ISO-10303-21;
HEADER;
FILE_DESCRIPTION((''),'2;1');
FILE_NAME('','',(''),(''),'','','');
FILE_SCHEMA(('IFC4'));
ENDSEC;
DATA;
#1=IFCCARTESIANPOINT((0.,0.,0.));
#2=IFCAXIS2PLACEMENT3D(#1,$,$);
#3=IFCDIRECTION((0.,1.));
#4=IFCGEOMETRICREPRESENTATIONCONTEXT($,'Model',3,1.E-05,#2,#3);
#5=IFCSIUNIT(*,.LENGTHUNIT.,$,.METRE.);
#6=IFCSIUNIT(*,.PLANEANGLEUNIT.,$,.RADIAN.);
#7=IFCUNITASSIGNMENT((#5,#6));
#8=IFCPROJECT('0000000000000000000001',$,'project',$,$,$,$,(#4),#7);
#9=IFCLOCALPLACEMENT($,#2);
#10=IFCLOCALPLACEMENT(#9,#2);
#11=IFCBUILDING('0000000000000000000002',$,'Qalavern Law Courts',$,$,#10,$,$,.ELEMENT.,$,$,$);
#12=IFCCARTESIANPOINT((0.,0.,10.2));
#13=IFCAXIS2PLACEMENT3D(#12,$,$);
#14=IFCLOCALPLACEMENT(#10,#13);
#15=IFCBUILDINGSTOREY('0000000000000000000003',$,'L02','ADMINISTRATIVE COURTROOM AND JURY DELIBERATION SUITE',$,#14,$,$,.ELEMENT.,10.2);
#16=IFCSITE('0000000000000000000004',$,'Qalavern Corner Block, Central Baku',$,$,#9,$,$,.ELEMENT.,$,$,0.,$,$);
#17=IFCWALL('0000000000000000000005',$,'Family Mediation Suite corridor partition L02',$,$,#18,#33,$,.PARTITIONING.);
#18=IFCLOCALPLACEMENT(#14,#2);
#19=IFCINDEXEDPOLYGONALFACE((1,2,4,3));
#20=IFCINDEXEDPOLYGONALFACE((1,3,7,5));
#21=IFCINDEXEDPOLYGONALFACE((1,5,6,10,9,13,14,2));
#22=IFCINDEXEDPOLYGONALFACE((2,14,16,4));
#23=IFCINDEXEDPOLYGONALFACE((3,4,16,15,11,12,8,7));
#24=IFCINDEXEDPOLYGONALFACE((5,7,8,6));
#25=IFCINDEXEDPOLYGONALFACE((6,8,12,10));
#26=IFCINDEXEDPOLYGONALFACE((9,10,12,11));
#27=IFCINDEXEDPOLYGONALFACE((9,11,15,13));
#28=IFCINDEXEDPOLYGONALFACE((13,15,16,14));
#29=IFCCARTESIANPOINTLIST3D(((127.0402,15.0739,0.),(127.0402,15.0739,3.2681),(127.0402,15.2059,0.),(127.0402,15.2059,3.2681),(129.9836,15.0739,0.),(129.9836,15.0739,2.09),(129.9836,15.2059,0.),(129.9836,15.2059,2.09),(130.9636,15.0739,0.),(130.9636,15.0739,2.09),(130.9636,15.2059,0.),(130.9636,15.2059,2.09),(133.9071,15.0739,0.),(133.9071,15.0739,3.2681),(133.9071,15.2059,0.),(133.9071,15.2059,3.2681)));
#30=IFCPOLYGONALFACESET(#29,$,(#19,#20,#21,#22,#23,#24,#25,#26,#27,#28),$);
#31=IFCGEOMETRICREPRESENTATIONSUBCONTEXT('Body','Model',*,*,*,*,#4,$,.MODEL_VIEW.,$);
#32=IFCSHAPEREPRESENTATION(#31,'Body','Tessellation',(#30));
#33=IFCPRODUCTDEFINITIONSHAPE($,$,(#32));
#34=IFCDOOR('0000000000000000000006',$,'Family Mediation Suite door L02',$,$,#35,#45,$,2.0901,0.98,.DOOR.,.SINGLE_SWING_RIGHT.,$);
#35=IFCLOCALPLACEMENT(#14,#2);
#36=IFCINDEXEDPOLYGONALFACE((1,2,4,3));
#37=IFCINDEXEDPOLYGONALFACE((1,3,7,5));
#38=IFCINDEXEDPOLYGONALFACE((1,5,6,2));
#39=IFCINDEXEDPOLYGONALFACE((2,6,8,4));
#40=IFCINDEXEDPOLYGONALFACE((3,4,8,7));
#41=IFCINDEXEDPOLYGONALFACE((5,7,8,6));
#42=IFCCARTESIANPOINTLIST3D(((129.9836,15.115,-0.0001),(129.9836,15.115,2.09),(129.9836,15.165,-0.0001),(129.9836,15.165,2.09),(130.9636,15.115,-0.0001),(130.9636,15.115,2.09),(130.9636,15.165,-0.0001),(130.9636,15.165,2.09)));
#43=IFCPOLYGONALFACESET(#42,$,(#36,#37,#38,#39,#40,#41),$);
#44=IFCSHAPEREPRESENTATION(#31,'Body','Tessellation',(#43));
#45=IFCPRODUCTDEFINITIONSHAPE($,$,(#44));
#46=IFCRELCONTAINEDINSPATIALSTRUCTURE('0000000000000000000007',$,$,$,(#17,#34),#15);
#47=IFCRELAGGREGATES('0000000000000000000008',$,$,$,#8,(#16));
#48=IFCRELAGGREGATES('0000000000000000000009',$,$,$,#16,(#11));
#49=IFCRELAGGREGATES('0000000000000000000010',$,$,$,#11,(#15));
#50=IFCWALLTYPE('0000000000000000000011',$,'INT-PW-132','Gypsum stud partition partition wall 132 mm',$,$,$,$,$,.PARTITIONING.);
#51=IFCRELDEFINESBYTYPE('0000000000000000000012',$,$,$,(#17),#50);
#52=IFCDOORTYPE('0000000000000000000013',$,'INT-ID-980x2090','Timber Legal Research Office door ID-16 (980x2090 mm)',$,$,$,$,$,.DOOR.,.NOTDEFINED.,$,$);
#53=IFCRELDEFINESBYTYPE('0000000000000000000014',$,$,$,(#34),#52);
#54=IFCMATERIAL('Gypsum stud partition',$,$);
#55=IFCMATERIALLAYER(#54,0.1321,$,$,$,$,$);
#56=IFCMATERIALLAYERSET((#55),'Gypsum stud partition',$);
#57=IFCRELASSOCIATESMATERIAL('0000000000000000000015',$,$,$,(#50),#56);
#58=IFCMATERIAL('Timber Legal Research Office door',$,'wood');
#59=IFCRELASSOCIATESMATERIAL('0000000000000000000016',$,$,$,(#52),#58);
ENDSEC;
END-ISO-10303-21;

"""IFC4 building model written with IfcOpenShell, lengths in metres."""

from ifc_helpers import new_model, si_unit, direction, frame, frame_2d, origin, place, context, subcontext, project, spatial, rectangle, extrude, material, layer, layer_set, type_object, element, fill, save


model = new_model("IFC4")

# Units and contexts
model_context = context("Model", 3, precision=1e-05, world=origin(), true_north=direction((0.0, 1.0)))
body_context = subcontext(model_context, "Body", "Model", "MODEL_VIEW")
ifc_project = project(units=[si_unit("LENGTHUNIT", "METRE"), si_unit("PLANEANGLEUNIT", "RADIAN")], contexts=[model_context])

# Site, building, storey
site_placement = place(None, origin())
site = spatial("IfcSite", under=ifc_project, at=site_placement, Name="Qalavern Corner Block, Central Baku", CompositionType="ELEMENT", RefElevation=0.0)
building_placement = place(site_placement, origin())
building = spatial("IfcBuilding", under=site, at=building_placement, Name="Qalavern Law Courts", CompositionType="ELEMENT")
storey_placement = place(building_placement, frame((0.0, 0.0, 10.2)))
storey = spatial("IfcBuildingStorey", under=building, at=storey_placement, Name="L02", Description="ADMINISTRATIVE COURTROOM AND JURY DELIBERATION SUITE", CompositionType="ELEMENT", Elevation=10.2)

# Wall, opening, door
ifc_material_1 = material(Name="Gypsum stud partition")
ifc_layer_1 = layer(ifc_material_1, 0.1321)
ifc_layer_set_1 = layer_set([ifc_layer_1], Name="Gypsum stud partition")
wall_type_1 = type_object("IfcWallType", Name="INT-PW-132", Description="Gypsum stud partition partition wall 132 mm", PredefinedType="PARTITIONING", material=ifc_layer_set_1)
wall_1_placement = place(storey_placement, frame((127.04, 15.1399, 0.0), z_axis=(0.0, 0.0, 1.0), x_axis=(1.0, 0.0, 0.0)))
wall_1 = element("IfcWall", 1, at=wall_1_placement, inside=storey, type_object=wall_type_1, Name="Family Mediation Suite corridor partition L02", PredefinedType="PARTITIONING", context=body_context, shape_type="SweptSolid", body=[
    extrude(rectangle(XDim=6.8669, YDim=0.1321, at=frame_2d((3.4336, 0.0))), origin(), (0.0, 0.0, 1.0), 3.2681),
])
opening_1_placement = place(wall_1_placement, frame((2.9436, 0.0, 0.0)))
opening_1 = element("IfcOpeningElement", 2, at=opening_1_placement, cuts=wall_1, PredefinedType="OPENING", context=body_context, shape_type="SweptSolid", body=[
    extrude(rectangle(XDim=0.98, YDim=2.0901, at=frame_2d((0.49, 1.0449))), frame((0.0, 0.0811, 0.0), z_axis=(0.0, -1.0, 0.0), x_axis=(1.0, 0.0, 0.0)), (0.0, 0.0, 1.0), 0.1619),
])
ifc_material_2 = material(Name="Timber Legal Research Office door", Category="wood")
door_type_1 = type_object("IfcDoorType", Name="INT-ID-980x2090", Description="Timber Legal Research Office door ID-16 (980x2090 mm)", OperationType="NOTDEFINED", PredefinedType="DOOR", material=ifc_material_2)
door_1_placement = place(opening_1_placement, frame((0.98, 0.0, 0.0), z_axis=(0.0, 0.0, 1.0), x_axis=(-1.0, 0.0, 0.0)))
door_1 = element("IfcDoor", 3, at=door_1_placement, inside=storey, type_object=door_type_1, Name="Family Mediation Suite door L02", OperationType="SINGLE_SWING_RIGHT", OverallHeight=2.0901, OverallWidth=0.98, PredefinedType="DOOR", context=body_context, shape_type="SweptSolid", body=[
    extrude(rectangle(XDim=0.98, YDim=2.0901, at=frame_2d((0.49, 1.0449))), frame((0.0, 0.0249, 0.0), z_axis=(0.0, -1.0, 0.0), x_axis=(1.0, 0.0, 0.0)), (0.0, 0.0, 1.0), 0.05),
])
fill(opening_1, door_1)

save(model, "model.ifc")
